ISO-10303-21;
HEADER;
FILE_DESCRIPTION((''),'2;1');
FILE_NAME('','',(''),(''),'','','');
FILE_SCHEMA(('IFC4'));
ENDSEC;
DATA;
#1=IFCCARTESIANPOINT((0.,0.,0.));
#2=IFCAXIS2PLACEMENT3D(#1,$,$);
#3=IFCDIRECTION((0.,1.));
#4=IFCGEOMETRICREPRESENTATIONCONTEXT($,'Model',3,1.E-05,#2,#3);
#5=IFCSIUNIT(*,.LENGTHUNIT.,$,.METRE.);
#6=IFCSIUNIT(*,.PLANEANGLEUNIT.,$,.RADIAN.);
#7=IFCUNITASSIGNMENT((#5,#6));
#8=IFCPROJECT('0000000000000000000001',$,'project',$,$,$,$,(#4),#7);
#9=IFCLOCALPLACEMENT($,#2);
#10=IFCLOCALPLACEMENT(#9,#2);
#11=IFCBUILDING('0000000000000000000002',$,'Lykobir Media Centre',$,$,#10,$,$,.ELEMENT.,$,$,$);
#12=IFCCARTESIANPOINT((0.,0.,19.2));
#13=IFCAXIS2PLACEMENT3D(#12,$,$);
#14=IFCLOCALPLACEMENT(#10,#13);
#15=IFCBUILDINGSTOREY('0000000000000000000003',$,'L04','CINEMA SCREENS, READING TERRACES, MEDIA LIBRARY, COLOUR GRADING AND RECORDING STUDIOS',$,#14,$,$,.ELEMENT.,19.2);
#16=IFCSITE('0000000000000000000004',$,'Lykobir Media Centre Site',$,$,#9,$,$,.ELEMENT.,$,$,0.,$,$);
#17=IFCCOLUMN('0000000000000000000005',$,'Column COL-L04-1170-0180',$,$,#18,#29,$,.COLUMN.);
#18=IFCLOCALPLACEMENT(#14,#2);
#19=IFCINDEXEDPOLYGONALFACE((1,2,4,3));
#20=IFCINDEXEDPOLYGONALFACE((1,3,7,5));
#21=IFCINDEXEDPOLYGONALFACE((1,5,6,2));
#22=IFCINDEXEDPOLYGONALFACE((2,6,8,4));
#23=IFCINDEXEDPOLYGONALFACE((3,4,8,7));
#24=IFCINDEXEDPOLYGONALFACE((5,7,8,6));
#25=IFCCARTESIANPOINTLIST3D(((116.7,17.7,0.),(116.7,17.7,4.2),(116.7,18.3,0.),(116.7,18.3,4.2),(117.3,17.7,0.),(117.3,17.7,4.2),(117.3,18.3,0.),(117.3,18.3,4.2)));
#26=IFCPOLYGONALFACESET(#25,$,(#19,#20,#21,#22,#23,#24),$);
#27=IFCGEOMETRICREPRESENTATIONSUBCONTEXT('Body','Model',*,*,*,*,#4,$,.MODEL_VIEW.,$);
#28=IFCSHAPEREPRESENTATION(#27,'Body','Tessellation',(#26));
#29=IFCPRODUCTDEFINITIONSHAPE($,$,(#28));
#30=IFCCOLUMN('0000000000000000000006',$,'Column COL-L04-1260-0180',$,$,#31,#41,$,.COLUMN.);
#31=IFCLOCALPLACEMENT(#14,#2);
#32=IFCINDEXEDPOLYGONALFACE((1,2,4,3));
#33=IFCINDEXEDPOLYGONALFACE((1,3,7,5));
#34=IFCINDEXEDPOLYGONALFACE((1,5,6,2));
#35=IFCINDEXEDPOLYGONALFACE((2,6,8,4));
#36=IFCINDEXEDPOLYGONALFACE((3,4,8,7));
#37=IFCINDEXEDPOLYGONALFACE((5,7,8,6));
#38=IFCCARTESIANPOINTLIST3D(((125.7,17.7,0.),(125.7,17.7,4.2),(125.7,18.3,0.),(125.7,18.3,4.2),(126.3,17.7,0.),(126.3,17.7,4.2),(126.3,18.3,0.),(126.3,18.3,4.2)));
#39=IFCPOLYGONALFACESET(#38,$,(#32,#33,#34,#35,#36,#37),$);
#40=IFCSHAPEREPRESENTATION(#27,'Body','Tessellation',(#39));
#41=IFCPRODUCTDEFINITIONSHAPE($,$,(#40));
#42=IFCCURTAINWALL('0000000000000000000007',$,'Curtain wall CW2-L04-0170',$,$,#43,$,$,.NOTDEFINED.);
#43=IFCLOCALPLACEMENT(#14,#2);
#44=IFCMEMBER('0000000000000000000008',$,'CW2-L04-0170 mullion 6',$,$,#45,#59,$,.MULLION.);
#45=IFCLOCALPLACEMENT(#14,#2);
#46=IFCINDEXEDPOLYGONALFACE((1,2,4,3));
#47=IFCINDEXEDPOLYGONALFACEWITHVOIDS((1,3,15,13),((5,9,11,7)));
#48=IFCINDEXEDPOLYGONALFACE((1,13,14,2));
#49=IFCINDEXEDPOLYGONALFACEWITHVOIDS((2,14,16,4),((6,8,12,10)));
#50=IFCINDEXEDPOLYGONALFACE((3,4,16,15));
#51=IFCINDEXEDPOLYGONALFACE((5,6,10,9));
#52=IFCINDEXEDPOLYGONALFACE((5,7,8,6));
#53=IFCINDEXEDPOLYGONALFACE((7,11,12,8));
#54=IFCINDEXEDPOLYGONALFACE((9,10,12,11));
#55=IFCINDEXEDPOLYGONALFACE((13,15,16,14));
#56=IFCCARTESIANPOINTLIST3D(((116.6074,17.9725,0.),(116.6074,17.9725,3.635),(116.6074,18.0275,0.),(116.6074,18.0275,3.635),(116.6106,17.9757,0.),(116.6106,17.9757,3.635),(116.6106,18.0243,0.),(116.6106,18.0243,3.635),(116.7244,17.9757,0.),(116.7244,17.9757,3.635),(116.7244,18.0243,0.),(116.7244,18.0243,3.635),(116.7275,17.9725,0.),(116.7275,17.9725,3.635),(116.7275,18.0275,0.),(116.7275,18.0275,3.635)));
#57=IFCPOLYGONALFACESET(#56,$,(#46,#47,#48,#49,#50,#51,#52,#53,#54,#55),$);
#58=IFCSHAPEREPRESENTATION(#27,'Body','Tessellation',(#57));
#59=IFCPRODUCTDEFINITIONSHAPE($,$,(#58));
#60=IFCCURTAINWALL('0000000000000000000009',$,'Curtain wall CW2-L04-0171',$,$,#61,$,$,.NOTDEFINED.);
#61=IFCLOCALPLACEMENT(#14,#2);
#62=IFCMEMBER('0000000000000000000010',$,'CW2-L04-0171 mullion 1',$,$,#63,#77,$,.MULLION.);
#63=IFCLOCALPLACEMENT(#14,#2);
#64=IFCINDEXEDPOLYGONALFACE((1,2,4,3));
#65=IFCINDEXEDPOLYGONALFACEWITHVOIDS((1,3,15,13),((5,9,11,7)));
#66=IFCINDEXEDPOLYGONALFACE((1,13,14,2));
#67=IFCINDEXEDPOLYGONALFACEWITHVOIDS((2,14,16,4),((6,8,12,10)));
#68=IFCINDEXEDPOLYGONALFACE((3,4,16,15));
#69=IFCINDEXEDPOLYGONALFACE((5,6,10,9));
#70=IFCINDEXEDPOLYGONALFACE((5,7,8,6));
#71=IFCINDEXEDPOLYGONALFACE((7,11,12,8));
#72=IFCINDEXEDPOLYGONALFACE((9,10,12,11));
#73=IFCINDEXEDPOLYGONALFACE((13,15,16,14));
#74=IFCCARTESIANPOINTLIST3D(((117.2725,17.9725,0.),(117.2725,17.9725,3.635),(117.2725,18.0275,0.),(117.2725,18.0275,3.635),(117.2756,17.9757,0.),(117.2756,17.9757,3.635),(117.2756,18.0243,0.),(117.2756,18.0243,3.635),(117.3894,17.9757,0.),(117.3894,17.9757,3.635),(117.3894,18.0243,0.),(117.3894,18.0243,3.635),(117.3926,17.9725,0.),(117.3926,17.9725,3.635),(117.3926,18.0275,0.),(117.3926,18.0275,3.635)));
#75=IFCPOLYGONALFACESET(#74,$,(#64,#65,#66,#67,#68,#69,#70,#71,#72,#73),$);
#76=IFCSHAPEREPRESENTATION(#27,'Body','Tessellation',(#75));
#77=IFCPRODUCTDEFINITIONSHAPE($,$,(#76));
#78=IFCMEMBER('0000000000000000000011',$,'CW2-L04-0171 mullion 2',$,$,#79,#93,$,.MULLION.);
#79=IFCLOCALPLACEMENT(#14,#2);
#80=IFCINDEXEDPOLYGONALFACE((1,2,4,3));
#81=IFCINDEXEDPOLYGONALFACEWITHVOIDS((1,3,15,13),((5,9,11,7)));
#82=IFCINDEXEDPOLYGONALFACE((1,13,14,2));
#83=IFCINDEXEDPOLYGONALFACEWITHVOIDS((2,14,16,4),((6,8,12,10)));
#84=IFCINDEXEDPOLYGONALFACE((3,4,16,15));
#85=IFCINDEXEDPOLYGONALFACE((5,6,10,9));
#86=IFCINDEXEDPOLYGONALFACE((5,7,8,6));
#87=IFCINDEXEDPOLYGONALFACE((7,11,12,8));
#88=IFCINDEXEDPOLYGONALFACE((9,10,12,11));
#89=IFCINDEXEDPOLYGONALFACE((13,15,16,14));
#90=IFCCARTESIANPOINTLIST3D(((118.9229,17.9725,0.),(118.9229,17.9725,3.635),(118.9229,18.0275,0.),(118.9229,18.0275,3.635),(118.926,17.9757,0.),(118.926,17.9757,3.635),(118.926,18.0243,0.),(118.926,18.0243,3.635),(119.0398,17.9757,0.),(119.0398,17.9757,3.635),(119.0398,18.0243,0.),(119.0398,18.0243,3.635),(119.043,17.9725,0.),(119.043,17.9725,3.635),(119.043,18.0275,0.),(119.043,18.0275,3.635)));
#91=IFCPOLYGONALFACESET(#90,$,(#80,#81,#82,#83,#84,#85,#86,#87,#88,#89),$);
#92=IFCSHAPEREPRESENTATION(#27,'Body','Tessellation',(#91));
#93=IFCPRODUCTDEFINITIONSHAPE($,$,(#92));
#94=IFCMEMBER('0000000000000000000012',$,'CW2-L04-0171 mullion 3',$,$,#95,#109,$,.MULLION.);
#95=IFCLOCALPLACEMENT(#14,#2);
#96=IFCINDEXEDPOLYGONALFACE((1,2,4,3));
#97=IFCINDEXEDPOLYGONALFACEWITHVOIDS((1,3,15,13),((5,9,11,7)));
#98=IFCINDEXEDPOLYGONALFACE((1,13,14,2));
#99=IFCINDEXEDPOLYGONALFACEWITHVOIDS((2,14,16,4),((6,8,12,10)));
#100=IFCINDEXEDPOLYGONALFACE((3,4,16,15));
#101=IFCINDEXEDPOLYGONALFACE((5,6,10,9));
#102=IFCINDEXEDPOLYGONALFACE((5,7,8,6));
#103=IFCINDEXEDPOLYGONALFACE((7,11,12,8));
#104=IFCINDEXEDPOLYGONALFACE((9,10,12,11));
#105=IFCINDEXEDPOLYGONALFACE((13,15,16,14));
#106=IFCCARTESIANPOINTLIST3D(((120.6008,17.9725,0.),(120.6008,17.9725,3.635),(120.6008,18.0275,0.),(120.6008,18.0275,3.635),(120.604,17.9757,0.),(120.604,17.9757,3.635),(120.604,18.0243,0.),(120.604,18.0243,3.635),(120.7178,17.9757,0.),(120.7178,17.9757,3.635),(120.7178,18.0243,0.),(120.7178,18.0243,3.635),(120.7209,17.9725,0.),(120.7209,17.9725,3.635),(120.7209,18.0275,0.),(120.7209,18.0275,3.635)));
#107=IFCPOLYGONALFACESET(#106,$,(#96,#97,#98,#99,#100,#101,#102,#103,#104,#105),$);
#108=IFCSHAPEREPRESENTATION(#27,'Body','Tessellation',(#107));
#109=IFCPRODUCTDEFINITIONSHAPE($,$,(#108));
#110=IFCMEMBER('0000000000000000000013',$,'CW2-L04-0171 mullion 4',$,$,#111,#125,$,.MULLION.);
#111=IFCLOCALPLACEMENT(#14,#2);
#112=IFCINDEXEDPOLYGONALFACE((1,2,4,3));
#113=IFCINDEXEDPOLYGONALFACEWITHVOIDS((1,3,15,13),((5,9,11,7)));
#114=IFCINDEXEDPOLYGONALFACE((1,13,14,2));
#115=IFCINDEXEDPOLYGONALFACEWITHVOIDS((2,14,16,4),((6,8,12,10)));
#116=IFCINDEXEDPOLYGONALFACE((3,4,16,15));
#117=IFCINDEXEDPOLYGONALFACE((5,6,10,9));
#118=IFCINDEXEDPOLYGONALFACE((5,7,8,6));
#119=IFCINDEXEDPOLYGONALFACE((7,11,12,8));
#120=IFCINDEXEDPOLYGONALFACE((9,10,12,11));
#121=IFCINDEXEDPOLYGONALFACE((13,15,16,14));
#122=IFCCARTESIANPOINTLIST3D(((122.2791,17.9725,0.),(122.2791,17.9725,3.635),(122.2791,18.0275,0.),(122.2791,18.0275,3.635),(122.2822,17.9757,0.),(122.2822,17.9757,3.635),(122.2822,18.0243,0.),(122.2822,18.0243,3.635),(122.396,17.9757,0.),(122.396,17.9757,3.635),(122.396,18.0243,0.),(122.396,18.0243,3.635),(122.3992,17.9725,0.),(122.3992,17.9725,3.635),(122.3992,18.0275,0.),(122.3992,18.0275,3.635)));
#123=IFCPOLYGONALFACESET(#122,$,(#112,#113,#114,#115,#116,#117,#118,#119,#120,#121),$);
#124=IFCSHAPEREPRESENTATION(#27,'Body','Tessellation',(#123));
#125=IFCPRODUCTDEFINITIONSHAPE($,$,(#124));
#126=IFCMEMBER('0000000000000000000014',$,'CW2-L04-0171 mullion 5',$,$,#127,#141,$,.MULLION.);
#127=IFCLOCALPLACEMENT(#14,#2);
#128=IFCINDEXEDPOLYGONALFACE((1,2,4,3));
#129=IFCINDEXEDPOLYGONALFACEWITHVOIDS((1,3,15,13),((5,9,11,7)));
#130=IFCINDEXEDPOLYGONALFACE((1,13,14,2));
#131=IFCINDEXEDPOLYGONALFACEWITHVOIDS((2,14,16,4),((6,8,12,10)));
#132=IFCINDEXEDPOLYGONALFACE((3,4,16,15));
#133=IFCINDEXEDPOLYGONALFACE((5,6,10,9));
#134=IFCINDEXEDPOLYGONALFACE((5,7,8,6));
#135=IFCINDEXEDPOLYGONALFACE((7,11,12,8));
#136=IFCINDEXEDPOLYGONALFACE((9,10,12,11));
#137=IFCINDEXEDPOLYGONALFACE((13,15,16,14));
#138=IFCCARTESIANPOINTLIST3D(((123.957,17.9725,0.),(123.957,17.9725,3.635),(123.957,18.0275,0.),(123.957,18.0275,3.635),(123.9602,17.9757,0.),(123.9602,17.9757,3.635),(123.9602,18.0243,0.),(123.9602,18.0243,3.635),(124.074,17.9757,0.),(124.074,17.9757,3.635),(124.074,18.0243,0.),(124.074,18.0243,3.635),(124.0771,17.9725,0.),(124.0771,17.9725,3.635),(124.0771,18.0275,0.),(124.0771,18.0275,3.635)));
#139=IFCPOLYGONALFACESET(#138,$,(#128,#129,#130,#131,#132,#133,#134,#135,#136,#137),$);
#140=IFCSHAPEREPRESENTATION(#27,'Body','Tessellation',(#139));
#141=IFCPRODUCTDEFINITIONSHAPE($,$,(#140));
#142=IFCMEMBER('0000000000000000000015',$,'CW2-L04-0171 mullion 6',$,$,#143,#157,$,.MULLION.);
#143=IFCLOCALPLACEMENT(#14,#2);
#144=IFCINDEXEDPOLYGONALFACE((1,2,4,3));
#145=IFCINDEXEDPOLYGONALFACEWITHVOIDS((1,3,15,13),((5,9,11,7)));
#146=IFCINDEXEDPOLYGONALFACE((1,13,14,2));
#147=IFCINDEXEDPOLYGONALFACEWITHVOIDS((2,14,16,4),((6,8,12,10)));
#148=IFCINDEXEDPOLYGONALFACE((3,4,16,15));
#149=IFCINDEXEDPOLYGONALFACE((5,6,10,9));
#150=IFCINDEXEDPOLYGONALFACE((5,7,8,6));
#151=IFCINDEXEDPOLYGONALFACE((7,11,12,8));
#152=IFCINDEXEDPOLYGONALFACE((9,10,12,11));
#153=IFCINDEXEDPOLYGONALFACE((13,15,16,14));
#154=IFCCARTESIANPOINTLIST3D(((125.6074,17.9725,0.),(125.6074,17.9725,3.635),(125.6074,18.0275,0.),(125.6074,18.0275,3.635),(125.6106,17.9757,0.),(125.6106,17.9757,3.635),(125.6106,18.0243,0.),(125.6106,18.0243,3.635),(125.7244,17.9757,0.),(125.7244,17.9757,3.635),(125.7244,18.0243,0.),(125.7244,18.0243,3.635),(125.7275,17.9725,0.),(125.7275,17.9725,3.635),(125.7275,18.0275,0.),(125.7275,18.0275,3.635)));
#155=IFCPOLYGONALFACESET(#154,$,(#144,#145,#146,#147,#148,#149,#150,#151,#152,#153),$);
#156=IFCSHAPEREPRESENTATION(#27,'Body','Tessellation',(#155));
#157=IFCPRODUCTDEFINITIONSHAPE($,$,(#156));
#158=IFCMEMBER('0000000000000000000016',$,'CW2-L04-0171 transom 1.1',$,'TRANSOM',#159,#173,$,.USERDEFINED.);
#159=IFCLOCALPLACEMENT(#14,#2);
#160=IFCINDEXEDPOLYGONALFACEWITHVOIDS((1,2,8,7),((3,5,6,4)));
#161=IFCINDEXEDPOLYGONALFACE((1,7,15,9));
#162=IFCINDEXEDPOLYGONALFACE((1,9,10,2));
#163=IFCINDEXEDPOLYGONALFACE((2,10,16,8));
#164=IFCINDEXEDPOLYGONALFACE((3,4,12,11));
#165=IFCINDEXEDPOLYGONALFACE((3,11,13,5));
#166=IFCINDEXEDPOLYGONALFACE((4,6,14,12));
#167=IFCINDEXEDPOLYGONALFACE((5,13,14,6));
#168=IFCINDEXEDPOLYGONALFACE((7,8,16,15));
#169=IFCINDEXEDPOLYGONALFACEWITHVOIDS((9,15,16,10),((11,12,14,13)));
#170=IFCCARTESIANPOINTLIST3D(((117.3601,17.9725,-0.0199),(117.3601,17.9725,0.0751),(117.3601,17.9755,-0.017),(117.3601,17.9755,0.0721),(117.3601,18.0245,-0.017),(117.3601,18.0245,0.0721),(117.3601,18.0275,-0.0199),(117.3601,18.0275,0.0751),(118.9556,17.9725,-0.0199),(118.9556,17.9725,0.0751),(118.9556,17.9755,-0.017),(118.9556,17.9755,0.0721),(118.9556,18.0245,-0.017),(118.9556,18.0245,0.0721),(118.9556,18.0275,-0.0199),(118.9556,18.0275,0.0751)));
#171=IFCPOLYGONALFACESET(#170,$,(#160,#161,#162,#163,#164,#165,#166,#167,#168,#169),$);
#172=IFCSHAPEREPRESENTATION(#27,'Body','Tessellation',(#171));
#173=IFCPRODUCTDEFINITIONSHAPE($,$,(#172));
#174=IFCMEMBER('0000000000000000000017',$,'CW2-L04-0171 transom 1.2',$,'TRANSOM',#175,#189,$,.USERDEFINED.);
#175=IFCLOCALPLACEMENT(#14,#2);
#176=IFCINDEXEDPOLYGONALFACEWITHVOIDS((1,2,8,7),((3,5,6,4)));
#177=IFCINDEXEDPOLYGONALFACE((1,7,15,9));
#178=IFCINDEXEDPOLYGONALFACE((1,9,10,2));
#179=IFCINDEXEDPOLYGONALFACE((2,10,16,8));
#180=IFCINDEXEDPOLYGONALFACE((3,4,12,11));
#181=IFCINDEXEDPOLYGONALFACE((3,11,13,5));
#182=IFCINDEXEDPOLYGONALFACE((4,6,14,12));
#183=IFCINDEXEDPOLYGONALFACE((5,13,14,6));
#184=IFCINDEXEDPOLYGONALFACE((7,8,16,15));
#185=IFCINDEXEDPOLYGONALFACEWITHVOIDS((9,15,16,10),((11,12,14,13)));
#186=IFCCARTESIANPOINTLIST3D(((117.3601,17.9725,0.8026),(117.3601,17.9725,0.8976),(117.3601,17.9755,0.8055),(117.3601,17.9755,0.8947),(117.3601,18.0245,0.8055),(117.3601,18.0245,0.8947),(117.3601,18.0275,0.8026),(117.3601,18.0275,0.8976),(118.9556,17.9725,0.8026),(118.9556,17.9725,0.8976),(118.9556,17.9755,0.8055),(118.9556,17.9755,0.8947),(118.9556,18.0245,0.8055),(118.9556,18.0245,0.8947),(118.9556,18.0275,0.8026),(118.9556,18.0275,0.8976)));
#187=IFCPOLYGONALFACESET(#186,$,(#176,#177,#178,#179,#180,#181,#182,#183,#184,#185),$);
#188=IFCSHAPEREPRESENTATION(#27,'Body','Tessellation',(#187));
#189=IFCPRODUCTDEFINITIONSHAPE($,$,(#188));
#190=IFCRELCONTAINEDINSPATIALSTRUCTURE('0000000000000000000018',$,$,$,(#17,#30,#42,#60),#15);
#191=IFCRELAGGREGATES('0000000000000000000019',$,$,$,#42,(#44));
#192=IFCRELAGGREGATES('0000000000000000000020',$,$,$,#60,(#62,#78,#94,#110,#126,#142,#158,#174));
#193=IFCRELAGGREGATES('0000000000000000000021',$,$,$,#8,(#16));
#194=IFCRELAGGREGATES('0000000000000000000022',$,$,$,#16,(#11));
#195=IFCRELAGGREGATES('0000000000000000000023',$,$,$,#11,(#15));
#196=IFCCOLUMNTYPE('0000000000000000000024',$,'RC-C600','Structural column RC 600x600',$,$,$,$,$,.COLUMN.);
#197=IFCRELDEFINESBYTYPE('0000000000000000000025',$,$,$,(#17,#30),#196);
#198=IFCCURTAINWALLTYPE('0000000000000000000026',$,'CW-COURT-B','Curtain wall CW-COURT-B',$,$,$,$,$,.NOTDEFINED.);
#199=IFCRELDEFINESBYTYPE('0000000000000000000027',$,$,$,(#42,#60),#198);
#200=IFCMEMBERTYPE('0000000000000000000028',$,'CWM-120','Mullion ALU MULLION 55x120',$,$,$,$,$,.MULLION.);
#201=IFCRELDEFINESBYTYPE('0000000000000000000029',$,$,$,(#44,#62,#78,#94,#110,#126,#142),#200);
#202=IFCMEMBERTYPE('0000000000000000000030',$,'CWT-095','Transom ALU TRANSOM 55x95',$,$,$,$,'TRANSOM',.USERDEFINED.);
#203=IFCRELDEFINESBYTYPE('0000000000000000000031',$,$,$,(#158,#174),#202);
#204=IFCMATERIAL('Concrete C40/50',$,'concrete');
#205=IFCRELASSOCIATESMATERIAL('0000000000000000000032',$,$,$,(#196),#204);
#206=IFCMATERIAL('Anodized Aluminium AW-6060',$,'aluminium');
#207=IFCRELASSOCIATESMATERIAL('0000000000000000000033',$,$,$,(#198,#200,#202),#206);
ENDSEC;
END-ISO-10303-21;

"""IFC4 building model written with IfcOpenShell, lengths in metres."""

from ifc_helpers import new_model, si_unit, direction, frame, origin, origin_2d, place, context, subcontext, project, spatial, rectangle, hollow_rectangle, extrude, material, material_profile, profile_set, type_object, element, aggregate, save


model = new_model("IFC4")

# Units and contexts
model_context = context("Model", 3, precision=1e-05, world=origin(), true_north=direction((0.0, 1.0)))
body_context = subcontext(model_context, "Body", "Model", "MODEL_VIEW")
ifc_project = project(units=[si_unit("LENGTHUNIT", "METRE"), si_unit("PLANEANGLEUNIT", "RADIAN")], contexts=[model_context])

# Site, building, storey
site_placement = place(None, origin())
site = spatial("IfcSite", under=ifc_project, at=site_placement, Name="Lykobir Media Centre Site", CompositionType="ELEMENT", RefElevation=0.0)
building_placement = place(site_placement, origin())
building = spatial("IfcBuilding", under=site, at=building_placement, Name="Lykobir Media Centre", CompositionType="ELEMENT")
storey_placement = place(building_placement, frame((0.0, 0.0, 19.2)))
storey = spatial("IfcBuildingStorey", under=building, at=storey_placement, Name="L04", Description="CINEMA SCREENS, READING TERRACES, MEDIA LIBRARY, COLOUR GRADING AND RECORDING STUDIOS", CompositionType="ELEMENT", Elevation=19.2)

# Columns
ifc_material_1 = material(Name="Concrete C40/50", Category="concrete")
ifc_material_profile_1 = material_profile(ifc_material_1, rectangle(XDim=0.6001, YDim=0.6001, at=origin_2d()), Name="RC 600x600")
ifc_profile_set_1 = profile_set([ifc_material_profile_1], Name="Concrete C40/50")
column_type = type_object("IfcColumnType", Name="RC-C600", Description="Structural column RC 600x600", PredefinedType="COLUMN", material=ifc_profile_set_1)
for number, where, z_axis, x_axis, name in (
    (1, (117.0, 18.0, 0.0), (0.0, 0.0, 1.0), (1.0, 0.0, 0.0), "Column COL-L04-1170-0180"),
    (2, (126.0, 18.0, 0.0), (0.0, 0.0, 1.0), (1.0, 0.0, 0.0), "Column COL-L04-1260-0180"),
):
    element("IfcColumn", number, at=place(storey_placement, frame(where, z_axis=z_axis, x_axis=x_axis)), inside=storey, type_object=column_type, Name=name, PredefinedType="COLUMN", context=body_context, shape_type="SweptSolid", body=[
        extrude(rectangle(XDim=0.6001, YDim=0.6001, at=origin_2d()), origin(), (0.0, 0.0, 1.0), 4.2),
    ])

# Curtain wall, member
ifc_material_2 = material(Name="Anodized Aluminium AW-6060", Category="aluminium")
curtain_wall_type = type_object("IfcCurtainWallType", Name="CW-COURT-B", Description="Curtain wall CW-COURT-B", PredefinedType="NOTDEFINED", material=ifc_material_2)
curtain_wall_1_placement = place(storey_placement, origin())
curtain_wall_1 = element("IfcCurtainWall", 3, at=curtain_wall_1_placement, inside=storey, type_object=curtain_wall_type, Name="Curtain wall CW2-L04-0170", PredefinedType="NOTDEFINED")
ifc_material_profile_2 = material_profile(ifc_material_2, hollow_rectangle(XDim=0.0549, YDim=0.1201, WallThickness=0.0032, at=origin_2d()), Name="ALU MULLION 55x120")
ifc_profile_set_2 = profile_set([ifc_material_profile_2], Name="Anodized Aluminium AW-6060")
member_type_1 = type_object("IfcMemberType", Name="CWM-120", Description="Mullion ALU MULLION 55x120", PredefinedType="MULLION", material=ifc_profile_set_2)
member_1_placement = place(storey_placement, frame((116.6675, 18.0, 0.0), z_axis=(0.0, 0.0, 1.0), x_axis=(0.0, 1.0, 0.0)))
member_1 = element("IfcMember", 4, at=member_1_placement, type_object=member_type_1, Name="CW2-L04-0170 mullion 6", PredefinedType="MULLION", context=body_context, shape_type="SweptSolid", body=[
    extrude(hollow_rectangle(XDim=0.0549, YDim=0.1201, WallThickness=0.0032, at=origin_2d()), origin(), (0.0, 0.0, 1.0), 3.635),
])

# Curtain wall, members
curtain_wall_2_placement = place(storey_placement, origin())
curtain_wall_2 = element("IfcCurtainWall", 5, at=curtain_wall_2_placement, inside=storey, type_object=curtain_wall_type, Name="Curtain wall CW2-L04-0171", PredefinedType="NOTDEFINED")
member_2_placement = place(storey_placement, frame((117.3325, 18.0, 0.0), z_axis=(0.0, 0.0, 1.0), x_axis=(0.0, 1.0, 0.0)))
member_2 = element("IfcMember", 6, at=member_2_placement, type_object=member_type_1, Name="CW2-L04-0171 mullion 1", PredefinedType="MULLION", context=body_context, shape_type="SweptSolid", body=[
    extrude(hollow_rectangle(XDim=0.0549, YDim=0.1201, WallThickness=0.0032, at=origin_2d()), origin(), (0.0, 0.0, 1.0), 3.635),
])
member_3_placement = place(storey_placement, frame((118.9829, 18.0, 0.0), z_axis=(0.0, 0.0, 1.0), x_axis=(0.0, 1.0, 0.0)))
member_3 = element("IfcMember", 7, at=member_3_placement, type_object=member_type_1, Name="CW2-L04-0171 mullion 2", PredefinedType="MULLION", context=body_context, shape_type="SweptSolid", body=[
    extrude(hollow_rectangle(XDim=0.0549, YDim=0.1201, WallThickness=0.0032, at=origin_2d()), origin(), (0.0, 0.0, 1.0), 3.635),
])
member_4_placement = place(storey_placement, frame((120.6609, 18.0, 0.0), z_axis=(0.0, 0.0, 1.0), x_axis=(0.0, 1.0, 0.0)))
member_4 = element("IfcMember", 8, at=member_4_placement, type_object=member_type_1, Name="CW2-L04-0171 mullion 3", PredefinedType="MULLION", context=body_context, shape_type="SweptSolid", body=[
    extrude(hollow_rectangle(XDim=0.0549, YDim=0.1201, WallThickness=0.0032, at=origin_2d()), origin(), (0.0, 0.0, 1.0), 3.635),
])
member_5_placement = place(storey_placement, frame((122.3391, 18.0, 0.0), z_axis=(0.0, 0.0, 1.0), x_axis=(0.0, 1.0, 0.0)))
member_5 = element("IfcMember", 9, at=member_5_placement, type_object=member_type_1, Name="CW2-L04-0171 mullion 4", PredefinedType="MULLION", context=body_context, shape_type="SweptSolid", body=[
    extrude(hollow_rectangle(XDim=0.0549, YDim=0.1201, WallThickness=0.0032, at=origin_2d()), origin(), (0.0, 0.0, 1.0), 3.635),
])
member_6_placement = place(storey_placement, frame((124.0171, 18.0, 0.0), z_axis=(0.0, 0.0, 1.0), x_axis=(0.0, 1.0, 0.0)))
member_6 = element("IfcMember", 10, at=member_6_placement, type_object=member_type_1, Name="CW2-L04-0171 mullion 5", PredefinedType="MULLION", context=body_context, shape_type="SweptSolid", body=[
    extrude(hollow_rectangle(XDim=0.0549, YDim=0.1201, WallThickness=0.0032, at=origin_2d()), origin(), (0.0, 0.0, 1.0), 3.635),
])
member_7_placement = place(storey_placement, frame((125.6675, 18.0, 0.0), z_axis=(0.0, 0.0, 1.0), x_axis=(0.0, 1.0, 0.0)))
member_7 = element("IfcMember", 11, at=member_7_placement, type_object=member_type_1, Name="CW2-L04-0171 mullion 6", PredefinedType="MULLION", context=body_context, shape_type="SweptSolid", body=[
    extrude(hollow_rectangle(XDim=0.0549, YDim=0.1201, WallThickness=0.0032, at=origin_2d()), origin(), (0.0, 0.0, 1.0), 3.635),
])
ifc_material_profile_3 = material_profile(ifc_material_2, hollow_rectangle(XDim=0.0549, YDim=0.095, WallThickness=0.0029, at=origin_2d()), Name="ALU TRANSOM 55x95")
ifc_profile_set_3 = profile_set([ifc_material_profile_3], Name="Anodized Aluminium AW-6060")
member_type_2 = type_object("IfcMemberType", Name="CWT-095", Description="Transom ALU TRANSOM 55x95", ElementType="TRANSOM", PredefinedType="USERDEFINED", material=ifc_profile_set_3)
member_8_placement = place(storey_placement, frame((117.3601, 18.0, 0.0276), z_axis=(1.0, 0.0, 0.0), x_axis=(0.0, 1.0, 0.0)))
member_8 = element("IfcMember", 12, at=member_8_placement, type_object=member_type_2, Name="CW2-L04-0171 transom 1.1", ObjectType="TRANSOM", PredefinedType="USERDEFINED", context=body_context, shape_type="SweptSolid", body=[
    extrude(hollow_rectangle(XDim=0.0549, YDim=0.095, WallThickness=0.0029, at=origin_2d()), origin(), (0.0, 0.0, 1.0), 1.5955),
])
member_9_placement = place(storey_placement, frame((117.3601, 18.0, 0.8501), z_axis=(1.0, 0.0, 0.0), x_axis=(0.0, 1.0, 0.0)))
member_9 = element("IfcMember", 13, at=member_9_placement, type_object=member_type_2, Name="CW2-L04-0171 transom 1.2", ObjectType="TRANSOM", PredefinedType="USERDEFINED", context=body_context, shape_type="SweptSolid", body=[
    extrude(hollow_rectangle(XDim=0.0549, YDim=0.095, WallThickness=0.0029, at=origin_2d()), origin(), (0.0, 0.0, 1.0), 1.5955),
])

aggregate(curtain_wall_1, [member_1])
aggregate(curtain_wall_2, [member_2, member_3, member_4, member_5, member_6, member_7, member_8, member_9])

save(model, "model.ifc")
